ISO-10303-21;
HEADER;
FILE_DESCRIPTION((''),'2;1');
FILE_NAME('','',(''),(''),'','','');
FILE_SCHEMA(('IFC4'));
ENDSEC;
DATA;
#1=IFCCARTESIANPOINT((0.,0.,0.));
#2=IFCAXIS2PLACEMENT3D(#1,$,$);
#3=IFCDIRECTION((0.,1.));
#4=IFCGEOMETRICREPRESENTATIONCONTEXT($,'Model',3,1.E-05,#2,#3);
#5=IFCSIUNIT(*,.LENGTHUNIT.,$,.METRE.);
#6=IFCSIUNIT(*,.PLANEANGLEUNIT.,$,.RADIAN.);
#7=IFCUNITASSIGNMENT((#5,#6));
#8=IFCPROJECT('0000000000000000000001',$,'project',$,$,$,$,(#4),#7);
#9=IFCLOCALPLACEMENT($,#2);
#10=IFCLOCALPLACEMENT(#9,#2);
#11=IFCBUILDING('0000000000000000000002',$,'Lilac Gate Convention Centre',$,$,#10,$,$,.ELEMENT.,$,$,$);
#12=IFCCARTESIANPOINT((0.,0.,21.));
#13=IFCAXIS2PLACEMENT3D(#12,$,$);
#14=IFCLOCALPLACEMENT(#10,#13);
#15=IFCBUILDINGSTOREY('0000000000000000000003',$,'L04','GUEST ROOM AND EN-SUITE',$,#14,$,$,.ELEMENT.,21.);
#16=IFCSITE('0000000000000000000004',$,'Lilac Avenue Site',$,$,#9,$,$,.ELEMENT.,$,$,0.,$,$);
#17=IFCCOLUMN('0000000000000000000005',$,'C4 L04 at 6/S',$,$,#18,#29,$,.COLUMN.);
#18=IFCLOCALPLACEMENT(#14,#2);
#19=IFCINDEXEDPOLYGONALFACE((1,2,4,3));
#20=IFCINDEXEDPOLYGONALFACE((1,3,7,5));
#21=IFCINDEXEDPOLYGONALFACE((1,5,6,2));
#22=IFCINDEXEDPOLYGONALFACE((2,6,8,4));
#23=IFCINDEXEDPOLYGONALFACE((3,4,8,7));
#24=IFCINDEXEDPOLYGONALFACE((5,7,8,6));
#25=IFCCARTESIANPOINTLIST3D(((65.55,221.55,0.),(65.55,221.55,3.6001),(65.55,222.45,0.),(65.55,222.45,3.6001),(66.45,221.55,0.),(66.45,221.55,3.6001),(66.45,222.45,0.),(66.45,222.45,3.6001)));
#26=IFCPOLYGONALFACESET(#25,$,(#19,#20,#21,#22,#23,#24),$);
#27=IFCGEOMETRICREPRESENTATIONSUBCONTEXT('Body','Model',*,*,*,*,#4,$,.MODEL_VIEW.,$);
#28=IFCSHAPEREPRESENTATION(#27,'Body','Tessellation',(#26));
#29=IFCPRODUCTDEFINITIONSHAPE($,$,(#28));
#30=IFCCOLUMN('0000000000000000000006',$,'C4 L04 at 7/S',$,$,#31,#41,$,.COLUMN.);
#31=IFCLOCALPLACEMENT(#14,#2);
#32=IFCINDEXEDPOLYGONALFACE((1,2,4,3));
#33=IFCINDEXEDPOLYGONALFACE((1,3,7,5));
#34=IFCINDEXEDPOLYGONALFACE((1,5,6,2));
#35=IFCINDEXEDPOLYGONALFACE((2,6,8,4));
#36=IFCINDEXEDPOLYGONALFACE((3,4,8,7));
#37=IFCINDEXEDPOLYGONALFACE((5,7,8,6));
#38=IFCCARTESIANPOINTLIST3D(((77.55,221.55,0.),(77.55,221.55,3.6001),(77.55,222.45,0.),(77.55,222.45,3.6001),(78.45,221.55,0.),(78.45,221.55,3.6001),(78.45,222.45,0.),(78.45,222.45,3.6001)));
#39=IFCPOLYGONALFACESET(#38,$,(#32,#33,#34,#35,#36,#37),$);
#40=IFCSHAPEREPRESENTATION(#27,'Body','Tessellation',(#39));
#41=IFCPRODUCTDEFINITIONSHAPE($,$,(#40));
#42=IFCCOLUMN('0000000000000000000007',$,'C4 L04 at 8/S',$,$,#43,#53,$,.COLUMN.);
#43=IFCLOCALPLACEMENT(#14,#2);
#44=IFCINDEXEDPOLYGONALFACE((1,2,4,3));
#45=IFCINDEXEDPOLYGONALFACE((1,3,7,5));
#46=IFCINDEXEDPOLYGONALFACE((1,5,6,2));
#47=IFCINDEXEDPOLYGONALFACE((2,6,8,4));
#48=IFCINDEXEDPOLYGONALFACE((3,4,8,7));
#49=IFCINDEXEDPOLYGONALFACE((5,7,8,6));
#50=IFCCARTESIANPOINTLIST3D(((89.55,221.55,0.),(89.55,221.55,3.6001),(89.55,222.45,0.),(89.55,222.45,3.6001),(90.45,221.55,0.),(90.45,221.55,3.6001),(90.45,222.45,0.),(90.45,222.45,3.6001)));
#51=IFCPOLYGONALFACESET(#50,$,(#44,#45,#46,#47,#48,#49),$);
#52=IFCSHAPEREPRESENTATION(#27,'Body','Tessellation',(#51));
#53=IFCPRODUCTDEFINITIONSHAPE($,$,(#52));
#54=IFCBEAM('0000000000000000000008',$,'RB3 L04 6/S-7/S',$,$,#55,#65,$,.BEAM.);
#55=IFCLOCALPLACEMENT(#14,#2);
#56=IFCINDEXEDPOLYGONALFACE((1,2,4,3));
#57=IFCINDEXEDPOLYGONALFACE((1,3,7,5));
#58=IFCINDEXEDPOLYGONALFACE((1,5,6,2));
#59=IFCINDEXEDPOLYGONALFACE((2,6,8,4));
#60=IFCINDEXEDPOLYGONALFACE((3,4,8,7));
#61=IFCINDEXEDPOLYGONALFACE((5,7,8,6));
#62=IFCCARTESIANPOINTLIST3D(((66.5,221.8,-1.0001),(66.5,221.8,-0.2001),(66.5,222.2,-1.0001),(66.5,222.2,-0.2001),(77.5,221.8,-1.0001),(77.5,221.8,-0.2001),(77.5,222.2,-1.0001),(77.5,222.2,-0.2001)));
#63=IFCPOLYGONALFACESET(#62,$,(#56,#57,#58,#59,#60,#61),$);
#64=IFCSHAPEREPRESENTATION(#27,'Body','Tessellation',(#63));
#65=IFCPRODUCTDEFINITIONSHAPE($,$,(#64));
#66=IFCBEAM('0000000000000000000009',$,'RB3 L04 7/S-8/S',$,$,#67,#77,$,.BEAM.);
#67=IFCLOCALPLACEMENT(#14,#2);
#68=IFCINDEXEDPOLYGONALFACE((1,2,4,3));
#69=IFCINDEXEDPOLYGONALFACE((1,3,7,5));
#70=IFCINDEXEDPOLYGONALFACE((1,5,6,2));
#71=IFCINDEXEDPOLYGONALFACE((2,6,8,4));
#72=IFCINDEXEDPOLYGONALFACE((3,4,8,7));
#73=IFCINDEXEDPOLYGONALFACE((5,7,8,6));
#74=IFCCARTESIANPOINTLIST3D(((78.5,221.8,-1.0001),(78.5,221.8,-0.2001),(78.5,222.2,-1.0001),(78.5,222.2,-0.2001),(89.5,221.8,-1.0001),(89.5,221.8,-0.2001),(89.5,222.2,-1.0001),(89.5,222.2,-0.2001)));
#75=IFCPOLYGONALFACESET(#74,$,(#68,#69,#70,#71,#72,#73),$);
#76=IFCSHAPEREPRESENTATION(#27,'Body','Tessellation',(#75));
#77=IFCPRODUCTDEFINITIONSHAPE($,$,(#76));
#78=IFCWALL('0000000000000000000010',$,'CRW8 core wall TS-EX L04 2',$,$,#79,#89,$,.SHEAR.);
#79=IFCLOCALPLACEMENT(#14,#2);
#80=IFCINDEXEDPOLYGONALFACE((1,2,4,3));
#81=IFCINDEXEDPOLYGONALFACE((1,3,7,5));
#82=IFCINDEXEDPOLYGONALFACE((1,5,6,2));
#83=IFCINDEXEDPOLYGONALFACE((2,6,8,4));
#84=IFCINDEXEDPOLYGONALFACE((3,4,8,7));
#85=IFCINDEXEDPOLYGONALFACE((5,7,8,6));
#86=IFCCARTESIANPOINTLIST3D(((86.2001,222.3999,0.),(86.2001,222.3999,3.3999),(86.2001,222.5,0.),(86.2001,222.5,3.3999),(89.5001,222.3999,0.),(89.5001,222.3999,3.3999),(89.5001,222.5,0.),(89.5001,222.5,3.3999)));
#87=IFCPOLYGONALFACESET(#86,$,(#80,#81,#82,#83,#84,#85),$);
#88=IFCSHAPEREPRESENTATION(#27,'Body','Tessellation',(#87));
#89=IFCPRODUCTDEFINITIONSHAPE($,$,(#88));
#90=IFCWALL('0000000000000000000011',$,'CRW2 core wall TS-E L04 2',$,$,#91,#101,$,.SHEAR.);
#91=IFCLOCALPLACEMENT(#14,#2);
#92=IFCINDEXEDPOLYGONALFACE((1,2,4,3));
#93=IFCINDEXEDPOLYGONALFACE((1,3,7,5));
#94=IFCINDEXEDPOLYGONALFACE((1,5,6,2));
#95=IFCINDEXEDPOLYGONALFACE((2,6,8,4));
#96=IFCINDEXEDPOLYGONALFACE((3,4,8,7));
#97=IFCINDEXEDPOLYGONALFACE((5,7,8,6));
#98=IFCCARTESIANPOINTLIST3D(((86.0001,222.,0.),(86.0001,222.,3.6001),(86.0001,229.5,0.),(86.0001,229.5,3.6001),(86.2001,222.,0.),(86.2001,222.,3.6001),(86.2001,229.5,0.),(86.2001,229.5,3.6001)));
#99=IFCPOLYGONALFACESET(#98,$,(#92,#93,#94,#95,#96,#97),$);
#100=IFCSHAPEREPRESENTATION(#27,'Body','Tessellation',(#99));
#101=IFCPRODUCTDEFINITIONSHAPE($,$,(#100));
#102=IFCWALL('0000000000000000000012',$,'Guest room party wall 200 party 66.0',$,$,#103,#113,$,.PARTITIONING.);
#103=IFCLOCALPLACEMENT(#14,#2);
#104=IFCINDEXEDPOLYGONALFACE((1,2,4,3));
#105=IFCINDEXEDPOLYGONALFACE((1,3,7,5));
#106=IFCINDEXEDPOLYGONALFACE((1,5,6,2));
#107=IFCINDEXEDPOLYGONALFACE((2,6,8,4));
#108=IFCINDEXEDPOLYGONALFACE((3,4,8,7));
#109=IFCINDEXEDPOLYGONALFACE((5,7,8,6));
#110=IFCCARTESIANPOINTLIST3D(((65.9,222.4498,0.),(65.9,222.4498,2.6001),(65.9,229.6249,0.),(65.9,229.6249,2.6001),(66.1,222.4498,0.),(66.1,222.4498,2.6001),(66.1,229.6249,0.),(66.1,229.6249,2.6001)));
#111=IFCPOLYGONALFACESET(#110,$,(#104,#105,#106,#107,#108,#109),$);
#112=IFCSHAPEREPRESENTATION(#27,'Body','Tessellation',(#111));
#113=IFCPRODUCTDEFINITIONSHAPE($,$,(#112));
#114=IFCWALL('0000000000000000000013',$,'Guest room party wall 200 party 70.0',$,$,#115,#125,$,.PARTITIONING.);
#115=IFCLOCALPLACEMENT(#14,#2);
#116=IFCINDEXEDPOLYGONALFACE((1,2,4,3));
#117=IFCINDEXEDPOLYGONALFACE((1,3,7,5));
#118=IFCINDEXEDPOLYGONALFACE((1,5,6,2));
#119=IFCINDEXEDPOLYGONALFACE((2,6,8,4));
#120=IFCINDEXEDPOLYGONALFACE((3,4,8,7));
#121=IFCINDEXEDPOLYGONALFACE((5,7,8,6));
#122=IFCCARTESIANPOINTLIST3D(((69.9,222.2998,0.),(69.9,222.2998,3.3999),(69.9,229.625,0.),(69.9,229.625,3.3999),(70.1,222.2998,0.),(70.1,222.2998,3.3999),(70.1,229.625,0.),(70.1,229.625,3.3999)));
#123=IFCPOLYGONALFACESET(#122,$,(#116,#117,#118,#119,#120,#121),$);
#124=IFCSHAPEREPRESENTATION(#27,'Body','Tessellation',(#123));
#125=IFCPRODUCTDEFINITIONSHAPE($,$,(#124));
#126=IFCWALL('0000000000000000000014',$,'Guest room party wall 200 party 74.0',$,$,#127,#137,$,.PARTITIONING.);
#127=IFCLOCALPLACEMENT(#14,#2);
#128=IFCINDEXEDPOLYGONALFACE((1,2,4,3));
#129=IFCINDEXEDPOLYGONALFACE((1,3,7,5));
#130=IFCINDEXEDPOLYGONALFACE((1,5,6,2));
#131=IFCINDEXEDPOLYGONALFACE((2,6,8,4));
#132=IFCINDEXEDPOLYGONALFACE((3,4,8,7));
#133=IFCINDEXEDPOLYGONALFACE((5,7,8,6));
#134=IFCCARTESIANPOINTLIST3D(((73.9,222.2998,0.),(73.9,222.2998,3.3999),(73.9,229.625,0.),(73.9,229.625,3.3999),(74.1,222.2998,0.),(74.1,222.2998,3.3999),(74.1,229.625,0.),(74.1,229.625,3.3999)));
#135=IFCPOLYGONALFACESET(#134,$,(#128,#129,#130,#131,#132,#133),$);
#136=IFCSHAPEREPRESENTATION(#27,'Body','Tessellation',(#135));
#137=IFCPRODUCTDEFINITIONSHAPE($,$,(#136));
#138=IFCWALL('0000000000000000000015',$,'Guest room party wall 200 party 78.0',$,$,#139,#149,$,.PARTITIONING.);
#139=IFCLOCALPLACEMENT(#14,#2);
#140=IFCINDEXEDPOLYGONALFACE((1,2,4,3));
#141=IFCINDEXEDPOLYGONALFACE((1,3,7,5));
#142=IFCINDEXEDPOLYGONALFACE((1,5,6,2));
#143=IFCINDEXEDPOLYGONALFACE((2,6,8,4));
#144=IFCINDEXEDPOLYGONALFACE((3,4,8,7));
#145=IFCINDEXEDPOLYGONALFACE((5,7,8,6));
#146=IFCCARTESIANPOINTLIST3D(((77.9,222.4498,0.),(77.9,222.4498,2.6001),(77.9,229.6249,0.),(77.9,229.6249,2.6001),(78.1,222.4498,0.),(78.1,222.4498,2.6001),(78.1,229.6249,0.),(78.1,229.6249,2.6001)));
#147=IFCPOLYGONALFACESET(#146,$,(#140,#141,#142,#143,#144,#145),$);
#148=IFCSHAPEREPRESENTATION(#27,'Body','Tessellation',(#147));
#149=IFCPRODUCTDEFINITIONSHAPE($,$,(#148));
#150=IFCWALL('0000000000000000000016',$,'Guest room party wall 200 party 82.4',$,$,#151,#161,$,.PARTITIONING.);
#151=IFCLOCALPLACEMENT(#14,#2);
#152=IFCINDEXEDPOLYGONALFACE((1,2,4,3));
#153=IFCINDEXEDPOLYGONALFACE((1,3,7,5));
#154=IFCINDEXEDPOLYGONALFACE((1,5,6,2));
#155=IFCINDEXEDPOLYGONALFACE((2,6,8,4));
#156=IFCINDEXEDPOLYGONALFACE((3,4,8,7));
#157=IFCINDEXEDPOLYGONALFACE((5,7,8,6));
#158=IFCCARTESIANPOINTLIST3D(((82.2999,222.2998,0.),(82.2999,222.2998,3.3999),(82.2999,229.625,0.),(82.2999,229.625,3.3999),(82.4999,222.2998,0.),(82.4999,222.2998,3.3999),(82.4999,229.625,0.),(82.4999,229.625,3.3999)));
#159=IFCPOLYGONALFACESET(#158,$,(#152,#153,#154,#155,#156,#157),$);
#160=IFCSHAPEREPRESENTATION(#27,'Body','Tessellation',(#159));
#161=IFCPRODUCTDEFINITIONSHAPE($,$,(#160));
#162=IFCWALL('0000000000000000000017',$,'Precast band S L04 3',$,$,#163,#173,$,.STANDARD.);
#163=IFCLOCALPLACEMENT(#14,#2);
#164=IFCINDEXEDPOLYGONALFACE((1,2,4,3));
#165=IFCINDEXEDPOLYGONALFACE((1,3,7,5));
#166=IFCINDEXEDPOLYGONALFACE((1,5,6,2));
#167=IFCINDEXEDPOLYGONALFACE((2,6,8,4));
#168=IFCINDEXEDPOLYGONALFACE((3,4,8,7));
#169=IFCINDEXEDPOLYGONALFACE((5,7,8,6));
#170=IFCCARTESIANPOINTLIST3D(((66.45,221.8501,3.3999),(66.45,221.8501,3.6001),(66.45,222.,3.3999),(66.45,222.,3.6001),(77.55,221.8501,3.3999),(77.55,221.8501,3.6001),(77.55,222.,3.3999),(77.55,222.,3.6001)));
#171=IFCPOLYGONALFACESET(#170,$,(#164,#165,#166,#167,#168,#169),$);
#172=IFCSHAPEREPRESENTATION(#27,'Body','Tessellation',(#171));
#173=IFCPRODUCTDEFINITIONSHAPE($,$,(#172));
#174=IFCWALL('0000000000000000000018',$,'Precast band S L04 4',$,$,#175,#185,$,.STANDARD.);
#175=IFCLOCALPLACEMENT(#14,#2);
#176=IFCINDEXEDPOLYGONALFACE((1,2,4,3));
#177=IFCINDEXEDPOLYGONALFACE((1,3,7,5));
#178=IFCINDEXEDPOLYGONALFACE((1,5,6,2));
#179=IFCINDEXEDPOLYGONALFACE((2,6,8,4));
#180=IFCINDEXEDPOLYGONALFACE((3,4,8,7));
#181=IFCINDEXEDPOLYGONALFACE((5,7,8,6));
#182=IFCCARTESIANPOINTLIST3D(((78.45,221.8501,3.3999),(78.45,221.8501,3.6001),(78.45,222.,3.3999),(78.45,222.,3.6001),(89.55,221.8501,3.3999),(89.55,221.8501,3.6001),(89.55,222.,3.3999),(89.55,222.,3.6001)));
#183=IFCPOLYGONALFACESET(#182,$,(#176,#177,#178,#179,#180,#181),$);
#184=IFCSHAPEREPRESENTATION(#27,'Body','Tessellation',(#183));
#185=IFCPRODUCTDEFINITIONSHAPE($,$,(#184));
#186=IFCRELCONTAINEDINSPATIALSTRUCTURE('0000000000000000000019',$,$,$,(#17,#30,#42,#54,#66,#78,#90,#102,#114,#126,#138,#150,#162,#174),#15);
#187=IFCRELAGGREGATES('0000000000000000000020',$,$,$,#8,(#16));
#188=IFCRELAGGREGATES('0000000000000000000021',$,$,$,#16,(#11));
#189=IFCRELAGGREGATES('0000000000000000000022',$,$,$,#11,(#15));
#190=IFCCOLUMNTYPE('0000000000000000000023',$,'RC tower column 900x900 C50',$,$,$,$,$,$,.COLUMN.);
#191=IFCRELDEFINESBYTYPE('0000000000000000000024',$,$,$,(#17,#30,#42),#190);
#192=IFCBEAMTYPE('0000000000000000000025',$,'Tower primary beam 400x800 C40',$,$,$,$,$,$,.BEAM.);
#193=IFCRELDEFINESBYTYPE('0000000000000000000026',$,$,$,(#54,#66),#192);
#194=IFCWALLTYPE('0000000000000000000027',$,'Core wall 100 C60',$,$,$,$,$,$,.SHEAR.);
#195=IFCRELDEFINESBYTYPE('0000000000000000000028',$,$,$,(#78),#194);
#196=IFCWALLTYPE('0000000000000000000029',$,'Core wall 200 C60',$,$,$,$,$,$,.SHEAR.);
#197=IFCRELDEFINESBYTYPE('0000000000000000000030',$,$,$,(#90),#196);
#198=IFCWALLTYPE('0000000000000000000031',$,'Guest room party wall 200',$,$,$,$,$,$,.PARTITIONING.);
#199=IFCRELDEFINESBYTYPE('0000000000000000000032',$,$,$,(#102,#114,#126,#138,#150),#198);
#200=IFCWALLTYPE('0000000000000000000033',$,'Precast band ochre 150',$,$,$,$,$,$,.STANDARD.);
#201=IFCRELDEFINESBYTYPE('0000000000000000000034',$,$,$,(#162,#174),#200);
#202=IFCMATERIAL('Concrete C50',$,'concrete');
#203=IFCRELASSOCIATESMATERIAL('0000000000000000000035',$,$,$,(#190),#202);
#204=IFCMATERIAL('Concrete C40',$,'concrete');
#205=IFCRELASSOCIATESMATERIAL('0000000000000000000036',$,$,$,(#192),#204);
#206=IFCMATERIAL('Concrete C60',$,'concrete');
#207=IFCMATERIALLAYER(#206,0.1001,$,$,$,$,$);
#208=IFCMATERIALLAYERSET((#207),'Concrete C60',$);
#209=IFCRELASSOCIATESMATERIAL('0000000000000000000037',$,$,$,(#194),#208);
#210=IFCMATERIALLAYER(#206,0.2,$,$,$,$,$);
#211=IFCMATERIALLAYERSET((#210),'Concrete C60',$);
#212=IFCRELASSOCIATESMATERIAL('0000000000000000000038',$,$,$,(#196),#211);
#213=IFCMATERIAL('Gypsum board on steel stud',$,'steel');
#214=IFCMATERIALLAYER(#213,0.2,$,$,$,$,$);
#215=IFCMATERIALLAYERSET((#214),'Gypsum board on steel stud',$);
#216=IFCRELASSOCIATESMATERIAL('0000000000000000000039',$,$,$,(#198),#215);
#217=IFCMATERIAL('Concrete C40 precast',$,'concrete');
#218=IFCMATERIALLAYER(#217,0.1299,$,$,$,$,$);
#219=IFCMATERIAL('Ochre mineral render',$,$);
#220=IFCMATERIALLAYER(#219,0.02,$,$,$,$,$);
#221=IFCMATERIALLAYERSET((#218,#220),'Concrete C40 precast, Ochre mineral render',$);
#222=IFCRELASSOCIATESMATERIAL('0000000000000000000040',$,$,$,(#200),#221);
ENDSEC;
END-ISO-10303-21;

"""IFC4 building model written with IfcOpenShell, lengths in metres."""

from ifc_helpers import new_model, si_unit, direction, frame, frame_2d, origin, origin_2d, place, context, subcontext, project, spatial, rectangle, extrude, material, layer, layer_set, material_profile, profile_set, type_object, element, save


model = new_model("IFC4")

# Units and contexts
model_context = context("Model", 3, precision=1e-05, world=origin(), true_north=direction((0.0, 1.0)))
body_context = subcontext(model_context, "Body", "Model", "MODEL_VIEW")
ifc_project = project(units=[si_unit("LENGTHUNIT", "METRE"), si_unit("PLANEANGLEUNIT", "RADIAN")], contexts=[model_context])

# Site, building, storey
site_placement = place(None, origin())
site = spatial("IfcSite", under=ifc_project, at=site_placement, Name="Lilac Avenue Site", CompositionType="ELEMENT", RefElevation=0.0)
building_placement = place(site_placement, origin())
building = spatial("IfcBuilding", under=site, at=building_placement, Name="Lilac Gate Convention Centre", CompositionType="ELEMENT")
storey_placement = place(building_placement, frame((0.0, 0.0, 21.0)))
storey = spatial("IfcBuildingStorey", under=building, at=storey_placement, Name="L04", Description="GUEST ROOM AND EN-SUITE", CompositionType="ELEMENT", Elevation=21.0)

# Columns
ifc_material_1 = material(Name="Concrete C50", Category="concrete")
ifc_material_profile_1 = material_profile(ifc_material_1, rectangle(XDim=0.8999, YDim=0.8999, at=origin_2d()), Name="RC 900x900")
ifc_profile_set_1 = profile_set([ifc_material_profile_1], Name="Concrete C50")
column_type = type_object("IfcColumnType", Name="RC tower column 900x900 C50", PredefinedType="COLUMN", material=ifc_profile_set_1)
for number, where, z_axis, x_axis, name in (
    (1, (66.0, 222.0, 0.0), (0.0, 0.0, 1.0), (1.0, 0.0, 0.0), "C4 L04 at 6/S"),
    (2, (78.0, 222.0, 0.0), (0.0, 0.0, 1.0), (1.0, 0.0, 0.0), "C4 L04 at 7/S"),
    (3, (90.0, 222.0, 0.0), (0.0, 0.0, 1.0), (1.0, 0.0, 0.0), "C4 L04 at 8/S"),
):
    element("IfcColumn", number, at=place(storey_placement, frame(where, z_axis=z_axis, x_axis=x_axis)), inside=storey, type_object=column_type, Name=name, PredefinedType="COLUMN", context=body_context, shape_type="SweptSolid", body=[
        extrude(rectangle(XDim=0.8999, YDim=0.8999, at=origin_2d()), origin(), (0.0, 0.0, 1.0), 3.6001),
    ])

# Beams
ifc_material_2 = material(Name="Concrete C40", Category="concrete")
ifc_material_profile_2 = material_profile(ifc_material_2, rectangle(XDim=0.3999, YDim=0.8, at=origin_2d()), Name="RC 400x800")
ifc_profile_set_2 = profile_set([ifc_material_profile_2], Name="Concrete C40")
beam_type = type_object("IfcBeamType", Name="Tower primary beam 400x800 C40", PredefinedType="BEAM", material=ifc_profile_set_2)
for number, where, z_axis, x_axis, name in (
    (4, (66.5, 222.0, -0.6001), (1.0, 0.0, 0.0), (0.0, 1.0, 0.0), "RB3 L04 6/S-7/S"),
    (5, (78.5, 222.0, -0.6001), (1.0, 0.0, 0.0), (0.0, 1.0, 0.0), "RB3 L04 7/S-8/S"),
):
    element("IfcBeam", number, at=place(storey_placement, frame(where, z_axis=z_axis, x_axis=x_axis)), inside=storey, type_object=beam_type, Name=name, PredefinedType="BEAM", context=body_context, shape_type="SweptSolid", body=[
        extrude(rectangle(XDim=0.3999, YDim=0.8, at=origin_2d()), origin(), (0.0, 0.0, 1.0), 11.0),
    ])

# Walls
ifc_material_3 = material(Name="Concrete C60", Category="concrete")
ifc_layer_1 = layer(ifc_material_3, 0.1001)
ifc_layer_set_1 = layer_set([ifc_layer_1], Name="Concrete C60")
wall_type_1 = type_object("IfcWallType", Name="Core wall 100 C60", PredefinedType="SHEAR", material=ifc_layer_set_1)
wall_1_placement = place(storey_placement, frame((89.5, 222.45, 0.0), z_axis=(0.0, 0.0, 1.0), x_axis=(-1.0, 0.0, 0.0)))
element("IfcWall", 6, at=wall_1_placement, inside=storey, type_object=wall_type_1, Name="CRW8 core wall TS-EX L04 2", PredefinedType="SHEAR", context=body_context, shape_type="SweptSolid", body=[
    extrude(rectangle(XDim=3.3, YDim=0.1001, at=frame_2d((1.6499, 0.0))), origin(), (0.0, 0.0, 1.0), 3.3999),
])
ifc_layer_2 = layer(ifc_material_3, 0.2)
ifc_layer_set_2 = layer_set([ifc_layer_2], Name="Concrete C60")
wall_type_2 = type_object("IfcWallType", Name="Core wall 200 C60", PredefinedType="SHEAR", material=ifc_layer_set_2)
wall_2_placement = place(storey_placement, frame((86.1001, 222.0, 0.0), z_axis=(0.0, 0.0, 1.0), x_axis=(0.0, 1.0, 0.0)))
element("IfcWall", 7, at=wall_2_placement, inside=storey, type_object=wall_type_2, Name="CRW2 core wall TS-E L04 2", PredefinedType="SHEAR", context=body_context, shape_type="SweptSolid", body=[
    extrude(rectangle(XDim=7.5, YDim=0.2, at=frame_2d((3.75, 0.0))), origin(), (0.0, 0.0, 1.0), 3.6001),
])
ifc_material_4 = material(Name="Gypsum board on steel stud", Category="steel")
ifc_layer_3 = layer(ifc_material_4, 0.2)
ifc_layer_set_3 = layer_set([ifc_layer_3], Name="Gypsum board on steel stud")
wall_type_3 = type_object("IfcWallType", Name="Guest room party wall 200", PredefinedType="PARTITIONING", material=ifc_layer_set_3)
wall_3_placement = place(storey_placement, frame((66.0, 222.45, 0.0), z_axis=(0.0, 0.0, 1.0), x_axis=(0.0, 1.0, 0.0)))
element("IfcWall", 8, at=wall_3_placement, inside=storey, type_object=wall_type_3, Name="Guest room party wall 200 party 66.0", PredefinedType="PARTITIONING", context=body_context, shape_type="SweptSolid", body=[
    extrude(rectangle(XDim=7.175, YDim=0.2, at=frame_2d((3.5874, 0.0))), origin(), (0.0, 0.0, 1.0), 2.6001),
])
for number, where, z_axis, x_axis, name in (
    (9, (70.0, 222.2998, 0.0), (0.0, 0.0, 1.0), (0.0, 1.0, 0.0), "Guest room party wall 200 party 70.0"),
    (10, (74.0, 222.2998, 0.0), (0.0, 0.0, 1.0), (0.0, 1.0, 0.0), "Guest room party wall 200 party 74.0"),
):
    element("IfcWall", number, at=place(storey_placement, frame(where, z_axis=z_axis, x_axis=x_axis)), inside=storey, type_object=wall_type_3, Name=name, PredefinedType="PARTITIONING", context=body_context, shape_type="SweptSolid", body=[
        extrude(rectangle(XDim=7.3252, YDim=0.2, at=frame_2d((3.6626, 0.0))), origin(), (0.0, 0.0, 1.0), 3.3999),
    ])
wall_4_placement = place(storey_placement, frame((78.0, 222.45, 0.0), z_axis=(0.0, 0.0, 1.0), x_axis=(0.0, 1.0, 0.0)))
element("IfcWall", 11, at=wall_4_placement, inside=storey, type_object=wall_type_3, Name="Guest room party wall 200 party 78.0", PredefinedType="PARTITIONING", context=body_context, shape_type="SweptSolid", body=[
    extrude(rectangle(XDim=7.175, YDim=0.2, at=frame_2d((3.5874, 0.0))), origin(), (0.0, 0.0, 1.0), 2.6001),
])
wall_5_placement = place(storey_placement, frame((82.3999, 222.2998, 0.0), z_axis=(0.0, 0.0, 1.0), x_axis=(0.0, 1.0, 0.0)))
element("IfcWall", 12, at=wall_5_placement, inside=storey, type_object=wall_type_3, Name="Guest room party wall 200 party 82.4", PredefinedType="PARTITIONING", context=body_context, shape_type="SweptSolid", body=[
    extrude(rectangle(XDim=7.3252, YDim=0.2, at=frame_2d((3.6626, 0.0))), origin(), (0.0, 0.0, 1.0), 3.3999),
])
ifc_material_5 = material(Name="Concrete C40 precast", Category="concrete")
ifc_layer_4 = layer(ifc_material_5, 0.1299)
ifc_material_6 = material(Name="Ochre mineral render")
ifc_layer_5 = layer(ifc_material_6, 0.02)
ifc_layer_set_4 = layer_set([ifc_layer_4, ifc_layer_5], Name="Concrete C40 precast, Ochre mineral render")
wall_type_4 = type_object("IfcWallType", Name="Precast band ochre 150", PredefinedType="STANDARD", material=ifc_layer_set_4)
for number, where, z_axis, x_axis, name in (
    (13, (66.45, 221.925, 3.3999), (0.0, 0.0, 1.0), (1.0, 0.0, 0.0), "Precast band S L04 3"),
    (14, (78.45, 221.925, 3.3999), (0.0, 0.0, 1.0), (1.0, 0.0, 0.0), "Precast band S L04 4"),
):
    element("IfcWall", number, at=place(storey_placement, frame(where, z_axis=z_axis, x_axis=x_axis)), inside=storey, type_object=wall_type_4, Name=name, PredefinedType="STANDARD", context=body_context, shape_type="SweptSolid", body=[
        extrude(rectangle(XDim=11.1001, YDim=0.1499, at=frame_2d((5.55, 0.0))), origin(), (0.0, 0.0, 1.0), 0.2002),
    ])

save(model, "model.ifc")
